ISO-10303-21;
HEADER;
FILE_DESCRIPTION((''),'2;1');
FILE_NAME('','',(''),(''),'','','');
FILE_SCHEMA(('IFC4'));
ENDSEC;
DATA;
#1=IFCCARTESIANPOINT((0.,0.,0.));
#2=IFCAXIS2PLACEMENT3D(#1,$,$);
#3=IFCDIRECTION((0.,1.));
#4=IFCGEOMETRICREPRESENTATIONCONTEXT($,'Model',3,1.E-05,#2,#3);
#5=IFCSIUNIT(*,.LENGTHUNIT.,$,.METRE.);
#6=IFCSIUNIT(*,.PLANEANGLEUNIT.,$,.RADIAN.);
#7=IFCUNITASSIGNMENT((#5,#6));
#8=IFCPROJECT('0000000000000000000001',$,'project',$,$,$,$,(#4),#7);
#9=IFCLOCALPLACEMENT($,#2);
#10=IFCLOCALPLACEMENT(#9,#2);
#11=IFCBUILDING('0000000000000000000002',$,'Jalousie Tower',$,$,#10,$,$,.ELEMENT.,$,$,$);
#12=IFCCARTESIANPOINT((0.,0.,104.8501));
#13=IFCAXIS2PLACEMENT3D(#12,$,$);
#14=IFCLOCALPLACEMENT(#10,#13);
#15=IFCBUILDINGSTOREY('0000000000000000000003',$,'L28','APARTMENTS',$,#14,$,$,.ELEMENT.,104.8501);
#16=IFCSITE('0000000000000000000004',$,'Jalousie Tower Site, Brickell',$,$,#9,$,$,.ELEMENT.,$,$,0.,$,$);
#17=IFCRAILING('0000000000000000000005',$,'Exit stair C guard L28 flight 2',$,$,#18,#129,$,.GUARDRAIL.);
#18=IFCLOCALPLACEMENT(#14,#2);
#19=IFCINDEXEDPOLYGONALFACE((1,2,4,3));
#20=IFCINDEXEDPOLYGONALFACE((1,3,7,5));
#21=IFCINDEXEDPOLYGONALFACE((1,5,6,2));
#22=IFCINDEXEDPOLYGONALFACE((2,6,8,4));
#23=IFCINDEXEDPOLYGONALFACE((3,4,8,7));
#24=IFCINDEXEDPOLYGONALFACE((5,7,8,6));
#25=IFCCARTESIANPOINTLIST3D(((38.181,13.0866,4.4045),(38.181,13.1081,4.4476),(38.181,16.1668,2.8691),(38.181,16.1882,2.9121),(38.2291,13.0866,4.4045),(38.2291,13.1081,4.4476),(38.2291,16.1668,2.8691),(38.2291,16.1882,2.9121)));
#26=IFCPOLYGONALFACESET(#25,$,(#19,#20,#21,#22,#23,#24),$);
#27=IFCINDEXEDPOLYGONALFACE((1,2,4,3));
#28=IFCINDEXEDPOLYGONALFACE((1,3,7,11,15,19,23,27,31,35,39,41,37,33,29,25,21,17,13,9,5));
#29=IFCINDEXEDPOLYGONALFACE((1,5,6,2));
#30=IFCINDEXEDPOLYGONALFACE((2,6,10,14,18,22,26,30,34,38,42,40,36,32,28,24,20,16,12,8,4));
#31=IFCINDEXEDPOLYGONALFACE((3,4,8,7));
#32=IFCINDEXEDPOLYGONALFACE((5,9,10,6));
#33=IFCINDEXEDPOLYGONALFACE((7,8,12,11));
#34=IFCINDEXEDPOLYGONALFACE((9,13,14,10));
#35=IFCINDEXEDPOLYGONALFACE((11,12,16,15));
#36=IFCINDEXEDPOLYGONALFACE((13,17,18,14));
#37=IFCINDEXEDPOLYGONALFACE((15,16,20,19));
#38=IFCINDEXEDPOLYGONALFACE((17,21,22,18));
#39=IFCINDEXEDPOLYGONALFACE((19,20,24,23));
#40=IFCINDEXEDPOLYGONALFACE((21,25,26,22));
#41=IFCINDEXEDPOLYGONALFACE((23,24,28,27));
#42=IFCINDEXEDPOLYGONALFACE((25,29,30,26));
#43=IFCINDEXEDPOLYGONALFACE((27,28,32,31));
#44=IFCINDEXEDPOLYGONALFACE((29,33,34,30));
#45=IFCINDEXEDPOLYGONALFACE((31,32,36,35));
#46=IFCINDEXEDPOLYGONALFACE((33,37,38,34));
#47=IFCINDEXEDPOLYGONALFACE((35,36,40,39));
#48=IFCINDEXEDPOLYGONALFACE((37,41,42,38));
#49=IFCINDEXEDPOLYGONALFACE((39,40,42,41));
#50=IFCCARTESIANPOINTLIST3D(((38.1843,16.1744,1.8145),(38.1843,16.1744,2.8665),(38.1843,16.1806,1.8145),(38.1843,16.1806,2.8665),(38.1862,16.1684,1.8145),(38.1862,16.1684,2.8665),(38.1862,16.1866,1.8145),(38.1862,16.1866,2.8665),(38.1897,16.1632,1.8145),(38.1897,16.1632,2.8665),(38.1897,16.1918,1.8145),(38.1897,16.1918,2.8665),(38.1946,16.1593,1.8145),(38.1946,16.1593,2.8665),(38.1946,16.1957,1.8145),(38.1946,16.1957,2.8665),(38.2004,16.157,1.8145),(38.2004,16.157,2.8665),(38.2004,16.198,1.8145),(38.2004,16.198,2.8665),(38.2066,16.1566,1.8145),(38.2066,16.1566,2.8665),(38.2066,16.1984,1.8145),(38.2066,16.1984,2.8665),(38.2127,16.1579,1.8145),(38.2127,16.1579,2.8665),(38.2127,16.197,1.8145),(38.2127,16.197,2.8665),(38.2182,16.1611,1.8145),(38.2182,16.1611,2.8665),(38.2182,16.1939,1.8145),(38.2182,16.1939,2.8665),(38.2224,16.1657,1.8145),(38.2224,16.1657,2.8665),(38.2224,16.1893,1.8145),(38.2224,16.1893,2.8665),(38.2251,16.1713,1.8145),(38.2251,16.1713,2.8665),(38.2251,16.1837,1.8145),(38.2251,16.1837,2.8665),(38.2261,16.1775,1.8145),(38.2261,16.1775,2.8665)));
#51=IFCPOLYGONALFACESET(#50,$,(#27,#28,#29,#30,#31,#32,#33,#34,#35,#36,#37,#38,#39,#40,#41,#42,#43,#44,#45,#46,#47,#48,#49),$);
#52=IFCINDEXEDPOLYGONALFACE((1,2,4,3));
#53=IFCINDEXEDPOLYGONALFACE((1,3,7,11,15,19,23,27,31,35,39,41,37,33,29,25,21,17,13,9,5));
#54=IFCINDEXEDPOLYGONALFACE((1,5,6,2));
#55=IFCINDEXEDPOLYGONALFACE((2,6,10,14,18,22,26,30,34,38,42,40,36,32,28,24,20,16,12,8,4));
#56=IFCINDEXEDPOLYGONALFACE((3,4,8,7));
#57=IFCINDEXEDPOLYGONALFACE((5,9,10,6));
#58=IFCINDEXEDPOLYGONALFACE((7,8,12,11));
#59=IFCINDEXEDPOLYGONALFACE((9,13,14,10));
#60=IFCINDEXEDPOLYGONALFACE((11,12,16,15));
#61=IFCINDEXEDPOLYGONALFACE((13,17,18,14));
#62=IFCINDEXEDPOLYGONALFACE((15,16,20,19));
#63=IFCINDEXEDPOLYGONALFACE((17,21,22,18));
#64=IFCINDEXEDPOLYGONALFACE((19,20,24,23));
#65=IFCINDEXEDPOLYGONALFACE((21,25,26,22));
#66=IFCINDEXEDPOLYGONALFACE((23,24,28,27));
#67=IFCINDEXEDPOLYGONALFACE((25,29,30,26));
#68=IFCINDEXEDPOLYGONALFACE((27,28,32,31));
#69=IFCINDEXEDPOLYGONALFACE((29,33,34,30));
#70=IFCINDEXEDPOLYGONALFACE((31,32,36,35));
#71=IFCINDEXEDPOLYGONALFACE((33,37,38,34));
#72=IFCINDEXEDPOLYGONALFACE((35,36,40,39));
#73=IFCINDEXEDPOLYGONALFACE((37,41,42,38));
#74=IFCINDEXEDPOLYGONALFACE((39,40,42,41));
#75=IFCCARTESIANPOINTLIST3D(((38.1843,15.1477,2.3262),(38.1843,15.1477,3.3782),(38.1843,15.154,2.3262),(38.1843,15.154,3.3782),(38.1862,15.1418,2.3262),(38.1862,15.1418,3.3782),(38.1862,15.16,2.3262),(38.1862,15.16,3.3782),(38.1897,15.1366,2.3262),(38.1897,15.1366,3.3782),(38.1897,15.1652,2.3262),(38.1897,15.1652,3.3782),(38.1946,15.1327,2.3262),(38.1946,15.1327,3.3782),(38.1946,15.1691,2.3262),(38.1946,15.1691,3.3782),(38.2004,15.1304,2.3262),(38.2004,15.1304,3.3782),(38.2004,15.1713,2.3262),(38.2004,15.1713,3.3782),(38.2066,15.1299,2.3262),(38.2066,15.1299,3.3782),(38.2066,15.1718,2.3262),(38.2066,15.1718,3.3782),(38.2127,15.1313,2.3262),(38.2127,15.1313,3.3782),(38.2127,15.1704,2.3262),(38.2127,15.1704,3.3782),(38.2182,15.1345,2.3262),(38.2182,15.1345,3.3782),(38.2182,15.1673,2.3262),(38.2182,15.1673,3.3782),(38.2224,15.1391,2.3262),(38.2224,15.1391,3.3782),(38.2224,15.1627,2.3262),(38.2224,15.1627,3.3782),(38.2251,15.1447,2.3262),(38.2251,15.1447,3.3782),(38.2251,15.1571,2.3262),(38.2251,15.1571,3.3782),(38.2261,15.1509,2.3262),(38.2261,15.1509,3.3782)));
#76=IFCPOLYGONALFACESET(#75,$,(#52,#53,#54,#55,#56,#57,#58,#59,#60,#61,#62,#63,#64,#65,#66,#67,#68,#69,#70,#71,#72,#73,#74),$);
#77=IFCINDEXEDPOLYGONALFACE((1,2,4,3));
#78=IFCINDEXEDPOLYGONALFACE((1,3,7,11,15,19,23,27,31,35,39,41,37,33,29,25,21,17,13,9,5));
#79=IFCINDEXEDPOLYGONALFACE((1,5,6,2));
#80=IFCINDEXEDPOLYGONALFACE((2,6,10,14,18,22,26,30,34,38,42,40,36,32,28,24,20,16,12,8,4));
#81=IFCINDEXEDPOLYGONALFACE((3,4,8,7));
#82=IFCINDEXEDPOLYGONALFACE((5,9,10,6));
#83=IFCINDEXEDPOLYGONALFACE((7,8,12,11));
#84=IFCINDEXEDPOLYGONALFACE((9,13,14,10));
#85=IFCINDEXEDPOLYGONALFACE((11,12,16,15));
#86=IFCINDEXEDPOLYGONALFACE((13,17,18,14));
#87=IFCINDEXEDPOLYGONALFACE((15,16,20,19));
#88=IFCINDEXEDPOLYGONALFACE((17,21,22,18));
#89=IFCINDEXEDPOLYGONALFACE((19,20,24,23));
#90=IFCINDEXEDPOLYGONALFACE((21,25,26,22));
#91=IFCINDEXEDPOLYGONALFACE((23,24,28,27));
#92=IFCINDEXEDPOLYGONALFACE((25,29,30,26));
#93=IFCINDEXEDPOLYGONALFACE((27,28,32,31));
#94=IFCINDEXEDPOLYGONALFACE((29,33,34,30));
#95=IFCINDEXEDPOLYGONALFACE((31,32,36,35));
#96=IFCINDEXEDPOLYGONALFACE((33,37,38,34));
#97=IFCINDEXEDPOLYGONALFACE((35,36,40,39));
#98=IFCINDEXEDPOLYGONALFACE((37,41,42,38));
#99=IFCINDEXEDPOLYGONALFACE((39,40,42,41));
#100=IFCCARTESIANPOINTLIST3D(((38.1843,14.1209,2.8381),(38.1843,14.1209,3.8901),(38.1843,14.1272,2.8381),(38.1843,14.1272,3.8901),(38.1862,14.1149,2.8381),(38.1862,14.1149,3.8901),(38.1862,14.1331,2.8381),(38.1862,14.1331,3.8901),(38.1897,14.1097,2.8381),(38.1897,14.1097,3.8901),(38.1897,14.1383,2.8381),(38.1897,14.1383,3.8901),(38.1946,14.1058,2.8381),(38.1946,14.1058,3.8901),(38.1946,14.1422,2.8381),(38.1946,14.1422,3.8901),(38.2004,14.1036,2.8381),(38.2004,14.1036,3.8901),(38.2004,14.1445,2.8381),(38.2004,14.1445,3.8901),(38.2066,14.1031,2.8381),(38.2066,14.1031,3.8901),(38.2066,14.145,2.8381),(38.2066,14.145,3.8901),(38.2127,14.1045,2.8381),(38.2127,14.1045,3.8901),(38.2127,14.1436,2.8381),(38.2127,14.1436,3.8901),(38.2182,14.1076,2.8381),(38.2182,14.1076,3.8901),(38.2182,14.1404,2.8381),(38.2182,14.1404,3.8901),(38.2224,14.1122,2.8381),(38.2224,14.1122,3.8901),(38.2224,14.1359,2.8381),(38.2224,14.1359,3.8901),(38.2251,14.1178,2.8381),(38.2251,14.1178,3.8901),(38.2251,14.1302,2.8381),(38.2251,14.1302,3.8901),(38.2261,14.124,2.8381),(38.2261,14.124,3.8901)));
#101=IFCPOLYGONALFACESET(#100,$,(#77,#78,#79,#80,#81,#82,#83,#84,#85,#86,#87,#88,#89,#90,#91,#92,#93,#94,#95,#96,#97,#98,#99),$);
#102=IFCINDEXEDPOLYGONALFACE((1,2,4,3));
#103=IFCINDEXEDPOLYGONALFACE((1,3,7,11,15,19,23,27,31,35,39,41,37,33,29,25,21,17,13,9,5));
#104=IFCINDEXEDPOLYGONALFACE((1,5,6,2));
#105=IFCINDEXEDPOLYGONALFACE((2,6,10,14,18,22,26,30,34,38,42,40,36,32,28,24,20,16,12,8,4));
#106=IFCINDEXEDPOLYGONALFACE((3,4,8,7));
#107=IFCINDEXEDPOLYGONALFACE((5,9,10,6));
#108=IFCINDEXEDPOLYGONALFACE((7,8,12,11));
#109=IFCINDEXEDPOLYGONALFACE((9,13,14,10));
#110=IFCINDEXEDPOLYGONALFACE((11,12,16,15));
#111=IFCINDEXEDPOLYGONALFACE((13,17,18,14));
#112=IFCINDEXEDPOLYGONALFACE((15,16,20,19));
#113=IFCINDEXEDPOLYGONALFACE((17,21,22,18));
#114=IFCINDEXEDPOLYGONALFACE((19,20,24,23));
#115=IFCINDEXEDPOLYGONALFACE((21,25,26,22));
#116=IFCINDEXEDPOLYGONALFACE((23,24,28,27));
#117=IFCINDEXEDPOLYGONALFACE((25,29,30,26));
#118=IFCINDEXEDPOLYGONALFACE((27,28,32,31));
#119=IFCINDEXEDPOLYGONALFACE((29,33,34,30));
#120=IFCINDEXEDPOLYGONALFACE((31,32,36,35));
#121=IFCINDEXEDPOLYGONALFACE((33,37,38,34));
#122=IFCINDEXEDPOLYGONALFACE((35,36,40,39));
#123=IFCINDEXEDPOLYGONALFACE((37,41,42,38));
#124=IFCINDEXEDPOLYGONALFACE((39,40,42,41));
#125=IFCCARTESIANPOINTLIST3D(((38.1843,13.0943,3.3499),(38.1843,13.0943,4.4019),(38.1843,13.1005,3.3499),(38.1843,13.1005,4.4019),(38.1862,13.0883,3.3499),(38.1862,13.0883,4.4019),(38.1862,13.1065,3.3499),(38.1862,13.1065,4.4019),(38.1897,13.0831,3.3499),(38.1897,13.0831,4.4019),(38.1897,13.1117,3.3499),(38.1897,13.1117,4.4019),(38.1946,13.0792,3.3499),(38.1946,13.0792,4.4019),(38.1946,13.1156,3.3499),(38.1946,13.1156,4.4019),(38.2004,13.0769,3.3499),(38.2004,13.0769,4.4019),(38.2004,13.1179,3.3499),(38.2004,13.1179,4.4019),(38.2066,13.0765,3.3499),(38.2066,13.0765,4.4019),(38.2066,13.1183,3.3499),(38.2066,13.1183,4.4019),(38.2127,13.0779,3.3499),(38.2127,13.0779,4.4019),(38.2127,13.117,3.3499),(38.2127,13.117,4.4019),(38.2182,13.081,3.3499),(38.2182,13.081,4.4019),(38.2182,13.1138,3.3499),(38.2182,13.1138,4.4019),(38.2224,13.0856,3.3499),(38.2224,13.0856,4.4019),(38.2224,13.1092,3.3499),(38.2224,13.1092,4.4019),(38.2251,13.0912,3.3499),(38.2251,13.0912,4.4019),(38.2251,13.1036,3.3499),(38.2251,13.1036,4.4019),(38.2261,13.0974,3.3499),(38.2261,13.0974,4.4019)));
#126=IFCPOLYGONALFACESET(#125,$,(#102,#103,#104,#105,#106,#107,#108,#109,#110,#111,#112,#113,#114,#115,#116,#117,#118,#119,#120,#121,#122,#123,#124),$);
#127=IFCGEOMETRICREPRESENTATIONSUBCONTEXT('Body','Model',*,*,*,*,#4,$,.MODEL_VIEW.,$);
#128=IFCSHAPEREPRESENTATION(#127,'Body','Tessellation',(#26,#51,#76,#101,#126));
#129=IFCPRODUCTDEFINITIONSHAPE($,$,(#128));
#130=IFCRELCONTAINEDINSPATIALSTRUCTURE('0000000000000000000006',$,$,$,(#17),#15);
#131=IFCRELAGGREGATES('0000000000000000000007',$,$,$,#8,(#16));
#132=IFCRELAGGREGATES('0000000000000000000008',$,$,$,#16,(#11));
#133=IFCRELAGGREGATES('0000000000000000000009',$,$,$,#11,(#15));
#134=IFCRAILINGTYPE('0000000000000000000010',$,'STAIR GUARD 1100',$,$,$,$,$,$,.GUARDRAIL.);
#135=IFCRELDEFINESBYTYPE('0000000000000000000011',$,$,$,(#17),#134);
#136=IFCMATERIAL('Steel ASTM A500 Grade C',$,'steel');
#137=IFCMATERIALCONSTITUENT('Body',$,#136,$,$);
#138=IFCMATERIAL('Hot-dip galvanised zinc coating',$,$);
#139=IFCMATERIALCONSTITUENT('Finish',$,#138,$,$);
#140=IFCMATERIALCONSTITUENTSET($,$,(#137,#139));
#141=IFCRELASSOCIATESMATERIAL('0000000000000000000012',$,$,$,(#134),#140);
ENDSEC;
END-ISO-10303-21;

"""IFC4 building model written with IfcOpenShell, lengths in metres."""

from ifc_helpers import new_model, si_unit, direction, frame, origin, origin_2d, place, context, subcontext, project, spatial, rectangle, circle, extrude, material, constituent, constituent_set, type_object, element, save


model = new_model("IFC4")

# Units and contexts
model_context = context("Model", 3, precision=1e-05, world=origin(), true_north=direction((0.0, 1.0)))
body_context = subcontext(model_context, "Body", "Model", "MODEL_VIEW")
ifc_project = project(units=[si_unit("LENGTHUNIT", "METRE"), si_unit("PLANEANGLEUNIT", "RADIAN")], contexts=[model_context])

# Site, building, storey
site_placement = place(None, origin())
site = spatial("IfcSite", under=ifc_project, at=site_placement, Name="Jalousie Tower Site, Brickell", CompositionType="ELEMENT", RefElevation=0.0)
building_placement = place(site_placement, origin())
building = spatial("IfcBuilding", under=site, at=building_placement, Name="Jalousie Tower", CompositionType="ELEMENT")
storey_placement = place(building_placement, frame((0.0, 0.0, 104.8501)))
storey = spatial("IfcBuildingStorey", under=building, at=storey_placement, Name="L28", Description="APARTMENTS", CompositionType="ELEMENT", Elevation=104.8501)

# Railing
ifc_material_1 = material(Name="Steel ASTM A500 Grade C", Category="steel")
ifc_constituent_1 = constituent(ifc_material_1, Name="Body")
ifc_material_2 = material(Name="Hot-dip galvanised zinc coating")
ifc_constituent_2 = constituent(ifc_material_2, Name="Finish")
ifc_constituent_set_1 = constituent_set(constituents=[ifc_constituent_1, ifc_constituent_2])
railing_type_1 = type_object("IfcRailingType", Name="STAIR GUARD 1100", PredefinedType="GUARDRAIL", material=ifc_constituent_set_1)
railing_1_placement = place(storey_placement, frame((38.2051, 16.1775, 1.8145)))
element("IfcRailing", 1, at=railing_1_placement, inside=storey, type_object=railing_type_1, Name="Exit stair C guard L28 flight 2", PredefinedType="GUARDRAIL", context=body_context, shape_type="SweptSolid", body=[
    extrude(rectangle(XDim=0.0481, YDim=0.0481, at=origin_2d()), frame((0.0, 0.0, 1.0762), z_axis=(0.0, -0.894966, 0.446135), x_axis=(1.0, 0.0, 0.0)), (0.0, 0.0, 1.0), 3.4417),
    extrude(circle(Radius=0.021, at=origin_2d()), origin(), (0.0, 0.0, 1.0), 1.052),
    extrude(circle(Radius=0.021, at=origin_2d()), frame((0.0, -1.0266, 0.5117)), (0.0, 0.0, 1.0), 1.052),
    extrude(circle(Radius=0.021, at=origin_2d()), frame((0.0, -2.0535, 1.0237)), (0.0, 0.0, 1.0), 1.052),
    extrude(circle(Radius=0.021, at=origin_2d()), frame((0.0, -3.0801, 1.5354)), (0.0, 0.0, 1.0), 1.052),
])

save(model, "model.ifc")
